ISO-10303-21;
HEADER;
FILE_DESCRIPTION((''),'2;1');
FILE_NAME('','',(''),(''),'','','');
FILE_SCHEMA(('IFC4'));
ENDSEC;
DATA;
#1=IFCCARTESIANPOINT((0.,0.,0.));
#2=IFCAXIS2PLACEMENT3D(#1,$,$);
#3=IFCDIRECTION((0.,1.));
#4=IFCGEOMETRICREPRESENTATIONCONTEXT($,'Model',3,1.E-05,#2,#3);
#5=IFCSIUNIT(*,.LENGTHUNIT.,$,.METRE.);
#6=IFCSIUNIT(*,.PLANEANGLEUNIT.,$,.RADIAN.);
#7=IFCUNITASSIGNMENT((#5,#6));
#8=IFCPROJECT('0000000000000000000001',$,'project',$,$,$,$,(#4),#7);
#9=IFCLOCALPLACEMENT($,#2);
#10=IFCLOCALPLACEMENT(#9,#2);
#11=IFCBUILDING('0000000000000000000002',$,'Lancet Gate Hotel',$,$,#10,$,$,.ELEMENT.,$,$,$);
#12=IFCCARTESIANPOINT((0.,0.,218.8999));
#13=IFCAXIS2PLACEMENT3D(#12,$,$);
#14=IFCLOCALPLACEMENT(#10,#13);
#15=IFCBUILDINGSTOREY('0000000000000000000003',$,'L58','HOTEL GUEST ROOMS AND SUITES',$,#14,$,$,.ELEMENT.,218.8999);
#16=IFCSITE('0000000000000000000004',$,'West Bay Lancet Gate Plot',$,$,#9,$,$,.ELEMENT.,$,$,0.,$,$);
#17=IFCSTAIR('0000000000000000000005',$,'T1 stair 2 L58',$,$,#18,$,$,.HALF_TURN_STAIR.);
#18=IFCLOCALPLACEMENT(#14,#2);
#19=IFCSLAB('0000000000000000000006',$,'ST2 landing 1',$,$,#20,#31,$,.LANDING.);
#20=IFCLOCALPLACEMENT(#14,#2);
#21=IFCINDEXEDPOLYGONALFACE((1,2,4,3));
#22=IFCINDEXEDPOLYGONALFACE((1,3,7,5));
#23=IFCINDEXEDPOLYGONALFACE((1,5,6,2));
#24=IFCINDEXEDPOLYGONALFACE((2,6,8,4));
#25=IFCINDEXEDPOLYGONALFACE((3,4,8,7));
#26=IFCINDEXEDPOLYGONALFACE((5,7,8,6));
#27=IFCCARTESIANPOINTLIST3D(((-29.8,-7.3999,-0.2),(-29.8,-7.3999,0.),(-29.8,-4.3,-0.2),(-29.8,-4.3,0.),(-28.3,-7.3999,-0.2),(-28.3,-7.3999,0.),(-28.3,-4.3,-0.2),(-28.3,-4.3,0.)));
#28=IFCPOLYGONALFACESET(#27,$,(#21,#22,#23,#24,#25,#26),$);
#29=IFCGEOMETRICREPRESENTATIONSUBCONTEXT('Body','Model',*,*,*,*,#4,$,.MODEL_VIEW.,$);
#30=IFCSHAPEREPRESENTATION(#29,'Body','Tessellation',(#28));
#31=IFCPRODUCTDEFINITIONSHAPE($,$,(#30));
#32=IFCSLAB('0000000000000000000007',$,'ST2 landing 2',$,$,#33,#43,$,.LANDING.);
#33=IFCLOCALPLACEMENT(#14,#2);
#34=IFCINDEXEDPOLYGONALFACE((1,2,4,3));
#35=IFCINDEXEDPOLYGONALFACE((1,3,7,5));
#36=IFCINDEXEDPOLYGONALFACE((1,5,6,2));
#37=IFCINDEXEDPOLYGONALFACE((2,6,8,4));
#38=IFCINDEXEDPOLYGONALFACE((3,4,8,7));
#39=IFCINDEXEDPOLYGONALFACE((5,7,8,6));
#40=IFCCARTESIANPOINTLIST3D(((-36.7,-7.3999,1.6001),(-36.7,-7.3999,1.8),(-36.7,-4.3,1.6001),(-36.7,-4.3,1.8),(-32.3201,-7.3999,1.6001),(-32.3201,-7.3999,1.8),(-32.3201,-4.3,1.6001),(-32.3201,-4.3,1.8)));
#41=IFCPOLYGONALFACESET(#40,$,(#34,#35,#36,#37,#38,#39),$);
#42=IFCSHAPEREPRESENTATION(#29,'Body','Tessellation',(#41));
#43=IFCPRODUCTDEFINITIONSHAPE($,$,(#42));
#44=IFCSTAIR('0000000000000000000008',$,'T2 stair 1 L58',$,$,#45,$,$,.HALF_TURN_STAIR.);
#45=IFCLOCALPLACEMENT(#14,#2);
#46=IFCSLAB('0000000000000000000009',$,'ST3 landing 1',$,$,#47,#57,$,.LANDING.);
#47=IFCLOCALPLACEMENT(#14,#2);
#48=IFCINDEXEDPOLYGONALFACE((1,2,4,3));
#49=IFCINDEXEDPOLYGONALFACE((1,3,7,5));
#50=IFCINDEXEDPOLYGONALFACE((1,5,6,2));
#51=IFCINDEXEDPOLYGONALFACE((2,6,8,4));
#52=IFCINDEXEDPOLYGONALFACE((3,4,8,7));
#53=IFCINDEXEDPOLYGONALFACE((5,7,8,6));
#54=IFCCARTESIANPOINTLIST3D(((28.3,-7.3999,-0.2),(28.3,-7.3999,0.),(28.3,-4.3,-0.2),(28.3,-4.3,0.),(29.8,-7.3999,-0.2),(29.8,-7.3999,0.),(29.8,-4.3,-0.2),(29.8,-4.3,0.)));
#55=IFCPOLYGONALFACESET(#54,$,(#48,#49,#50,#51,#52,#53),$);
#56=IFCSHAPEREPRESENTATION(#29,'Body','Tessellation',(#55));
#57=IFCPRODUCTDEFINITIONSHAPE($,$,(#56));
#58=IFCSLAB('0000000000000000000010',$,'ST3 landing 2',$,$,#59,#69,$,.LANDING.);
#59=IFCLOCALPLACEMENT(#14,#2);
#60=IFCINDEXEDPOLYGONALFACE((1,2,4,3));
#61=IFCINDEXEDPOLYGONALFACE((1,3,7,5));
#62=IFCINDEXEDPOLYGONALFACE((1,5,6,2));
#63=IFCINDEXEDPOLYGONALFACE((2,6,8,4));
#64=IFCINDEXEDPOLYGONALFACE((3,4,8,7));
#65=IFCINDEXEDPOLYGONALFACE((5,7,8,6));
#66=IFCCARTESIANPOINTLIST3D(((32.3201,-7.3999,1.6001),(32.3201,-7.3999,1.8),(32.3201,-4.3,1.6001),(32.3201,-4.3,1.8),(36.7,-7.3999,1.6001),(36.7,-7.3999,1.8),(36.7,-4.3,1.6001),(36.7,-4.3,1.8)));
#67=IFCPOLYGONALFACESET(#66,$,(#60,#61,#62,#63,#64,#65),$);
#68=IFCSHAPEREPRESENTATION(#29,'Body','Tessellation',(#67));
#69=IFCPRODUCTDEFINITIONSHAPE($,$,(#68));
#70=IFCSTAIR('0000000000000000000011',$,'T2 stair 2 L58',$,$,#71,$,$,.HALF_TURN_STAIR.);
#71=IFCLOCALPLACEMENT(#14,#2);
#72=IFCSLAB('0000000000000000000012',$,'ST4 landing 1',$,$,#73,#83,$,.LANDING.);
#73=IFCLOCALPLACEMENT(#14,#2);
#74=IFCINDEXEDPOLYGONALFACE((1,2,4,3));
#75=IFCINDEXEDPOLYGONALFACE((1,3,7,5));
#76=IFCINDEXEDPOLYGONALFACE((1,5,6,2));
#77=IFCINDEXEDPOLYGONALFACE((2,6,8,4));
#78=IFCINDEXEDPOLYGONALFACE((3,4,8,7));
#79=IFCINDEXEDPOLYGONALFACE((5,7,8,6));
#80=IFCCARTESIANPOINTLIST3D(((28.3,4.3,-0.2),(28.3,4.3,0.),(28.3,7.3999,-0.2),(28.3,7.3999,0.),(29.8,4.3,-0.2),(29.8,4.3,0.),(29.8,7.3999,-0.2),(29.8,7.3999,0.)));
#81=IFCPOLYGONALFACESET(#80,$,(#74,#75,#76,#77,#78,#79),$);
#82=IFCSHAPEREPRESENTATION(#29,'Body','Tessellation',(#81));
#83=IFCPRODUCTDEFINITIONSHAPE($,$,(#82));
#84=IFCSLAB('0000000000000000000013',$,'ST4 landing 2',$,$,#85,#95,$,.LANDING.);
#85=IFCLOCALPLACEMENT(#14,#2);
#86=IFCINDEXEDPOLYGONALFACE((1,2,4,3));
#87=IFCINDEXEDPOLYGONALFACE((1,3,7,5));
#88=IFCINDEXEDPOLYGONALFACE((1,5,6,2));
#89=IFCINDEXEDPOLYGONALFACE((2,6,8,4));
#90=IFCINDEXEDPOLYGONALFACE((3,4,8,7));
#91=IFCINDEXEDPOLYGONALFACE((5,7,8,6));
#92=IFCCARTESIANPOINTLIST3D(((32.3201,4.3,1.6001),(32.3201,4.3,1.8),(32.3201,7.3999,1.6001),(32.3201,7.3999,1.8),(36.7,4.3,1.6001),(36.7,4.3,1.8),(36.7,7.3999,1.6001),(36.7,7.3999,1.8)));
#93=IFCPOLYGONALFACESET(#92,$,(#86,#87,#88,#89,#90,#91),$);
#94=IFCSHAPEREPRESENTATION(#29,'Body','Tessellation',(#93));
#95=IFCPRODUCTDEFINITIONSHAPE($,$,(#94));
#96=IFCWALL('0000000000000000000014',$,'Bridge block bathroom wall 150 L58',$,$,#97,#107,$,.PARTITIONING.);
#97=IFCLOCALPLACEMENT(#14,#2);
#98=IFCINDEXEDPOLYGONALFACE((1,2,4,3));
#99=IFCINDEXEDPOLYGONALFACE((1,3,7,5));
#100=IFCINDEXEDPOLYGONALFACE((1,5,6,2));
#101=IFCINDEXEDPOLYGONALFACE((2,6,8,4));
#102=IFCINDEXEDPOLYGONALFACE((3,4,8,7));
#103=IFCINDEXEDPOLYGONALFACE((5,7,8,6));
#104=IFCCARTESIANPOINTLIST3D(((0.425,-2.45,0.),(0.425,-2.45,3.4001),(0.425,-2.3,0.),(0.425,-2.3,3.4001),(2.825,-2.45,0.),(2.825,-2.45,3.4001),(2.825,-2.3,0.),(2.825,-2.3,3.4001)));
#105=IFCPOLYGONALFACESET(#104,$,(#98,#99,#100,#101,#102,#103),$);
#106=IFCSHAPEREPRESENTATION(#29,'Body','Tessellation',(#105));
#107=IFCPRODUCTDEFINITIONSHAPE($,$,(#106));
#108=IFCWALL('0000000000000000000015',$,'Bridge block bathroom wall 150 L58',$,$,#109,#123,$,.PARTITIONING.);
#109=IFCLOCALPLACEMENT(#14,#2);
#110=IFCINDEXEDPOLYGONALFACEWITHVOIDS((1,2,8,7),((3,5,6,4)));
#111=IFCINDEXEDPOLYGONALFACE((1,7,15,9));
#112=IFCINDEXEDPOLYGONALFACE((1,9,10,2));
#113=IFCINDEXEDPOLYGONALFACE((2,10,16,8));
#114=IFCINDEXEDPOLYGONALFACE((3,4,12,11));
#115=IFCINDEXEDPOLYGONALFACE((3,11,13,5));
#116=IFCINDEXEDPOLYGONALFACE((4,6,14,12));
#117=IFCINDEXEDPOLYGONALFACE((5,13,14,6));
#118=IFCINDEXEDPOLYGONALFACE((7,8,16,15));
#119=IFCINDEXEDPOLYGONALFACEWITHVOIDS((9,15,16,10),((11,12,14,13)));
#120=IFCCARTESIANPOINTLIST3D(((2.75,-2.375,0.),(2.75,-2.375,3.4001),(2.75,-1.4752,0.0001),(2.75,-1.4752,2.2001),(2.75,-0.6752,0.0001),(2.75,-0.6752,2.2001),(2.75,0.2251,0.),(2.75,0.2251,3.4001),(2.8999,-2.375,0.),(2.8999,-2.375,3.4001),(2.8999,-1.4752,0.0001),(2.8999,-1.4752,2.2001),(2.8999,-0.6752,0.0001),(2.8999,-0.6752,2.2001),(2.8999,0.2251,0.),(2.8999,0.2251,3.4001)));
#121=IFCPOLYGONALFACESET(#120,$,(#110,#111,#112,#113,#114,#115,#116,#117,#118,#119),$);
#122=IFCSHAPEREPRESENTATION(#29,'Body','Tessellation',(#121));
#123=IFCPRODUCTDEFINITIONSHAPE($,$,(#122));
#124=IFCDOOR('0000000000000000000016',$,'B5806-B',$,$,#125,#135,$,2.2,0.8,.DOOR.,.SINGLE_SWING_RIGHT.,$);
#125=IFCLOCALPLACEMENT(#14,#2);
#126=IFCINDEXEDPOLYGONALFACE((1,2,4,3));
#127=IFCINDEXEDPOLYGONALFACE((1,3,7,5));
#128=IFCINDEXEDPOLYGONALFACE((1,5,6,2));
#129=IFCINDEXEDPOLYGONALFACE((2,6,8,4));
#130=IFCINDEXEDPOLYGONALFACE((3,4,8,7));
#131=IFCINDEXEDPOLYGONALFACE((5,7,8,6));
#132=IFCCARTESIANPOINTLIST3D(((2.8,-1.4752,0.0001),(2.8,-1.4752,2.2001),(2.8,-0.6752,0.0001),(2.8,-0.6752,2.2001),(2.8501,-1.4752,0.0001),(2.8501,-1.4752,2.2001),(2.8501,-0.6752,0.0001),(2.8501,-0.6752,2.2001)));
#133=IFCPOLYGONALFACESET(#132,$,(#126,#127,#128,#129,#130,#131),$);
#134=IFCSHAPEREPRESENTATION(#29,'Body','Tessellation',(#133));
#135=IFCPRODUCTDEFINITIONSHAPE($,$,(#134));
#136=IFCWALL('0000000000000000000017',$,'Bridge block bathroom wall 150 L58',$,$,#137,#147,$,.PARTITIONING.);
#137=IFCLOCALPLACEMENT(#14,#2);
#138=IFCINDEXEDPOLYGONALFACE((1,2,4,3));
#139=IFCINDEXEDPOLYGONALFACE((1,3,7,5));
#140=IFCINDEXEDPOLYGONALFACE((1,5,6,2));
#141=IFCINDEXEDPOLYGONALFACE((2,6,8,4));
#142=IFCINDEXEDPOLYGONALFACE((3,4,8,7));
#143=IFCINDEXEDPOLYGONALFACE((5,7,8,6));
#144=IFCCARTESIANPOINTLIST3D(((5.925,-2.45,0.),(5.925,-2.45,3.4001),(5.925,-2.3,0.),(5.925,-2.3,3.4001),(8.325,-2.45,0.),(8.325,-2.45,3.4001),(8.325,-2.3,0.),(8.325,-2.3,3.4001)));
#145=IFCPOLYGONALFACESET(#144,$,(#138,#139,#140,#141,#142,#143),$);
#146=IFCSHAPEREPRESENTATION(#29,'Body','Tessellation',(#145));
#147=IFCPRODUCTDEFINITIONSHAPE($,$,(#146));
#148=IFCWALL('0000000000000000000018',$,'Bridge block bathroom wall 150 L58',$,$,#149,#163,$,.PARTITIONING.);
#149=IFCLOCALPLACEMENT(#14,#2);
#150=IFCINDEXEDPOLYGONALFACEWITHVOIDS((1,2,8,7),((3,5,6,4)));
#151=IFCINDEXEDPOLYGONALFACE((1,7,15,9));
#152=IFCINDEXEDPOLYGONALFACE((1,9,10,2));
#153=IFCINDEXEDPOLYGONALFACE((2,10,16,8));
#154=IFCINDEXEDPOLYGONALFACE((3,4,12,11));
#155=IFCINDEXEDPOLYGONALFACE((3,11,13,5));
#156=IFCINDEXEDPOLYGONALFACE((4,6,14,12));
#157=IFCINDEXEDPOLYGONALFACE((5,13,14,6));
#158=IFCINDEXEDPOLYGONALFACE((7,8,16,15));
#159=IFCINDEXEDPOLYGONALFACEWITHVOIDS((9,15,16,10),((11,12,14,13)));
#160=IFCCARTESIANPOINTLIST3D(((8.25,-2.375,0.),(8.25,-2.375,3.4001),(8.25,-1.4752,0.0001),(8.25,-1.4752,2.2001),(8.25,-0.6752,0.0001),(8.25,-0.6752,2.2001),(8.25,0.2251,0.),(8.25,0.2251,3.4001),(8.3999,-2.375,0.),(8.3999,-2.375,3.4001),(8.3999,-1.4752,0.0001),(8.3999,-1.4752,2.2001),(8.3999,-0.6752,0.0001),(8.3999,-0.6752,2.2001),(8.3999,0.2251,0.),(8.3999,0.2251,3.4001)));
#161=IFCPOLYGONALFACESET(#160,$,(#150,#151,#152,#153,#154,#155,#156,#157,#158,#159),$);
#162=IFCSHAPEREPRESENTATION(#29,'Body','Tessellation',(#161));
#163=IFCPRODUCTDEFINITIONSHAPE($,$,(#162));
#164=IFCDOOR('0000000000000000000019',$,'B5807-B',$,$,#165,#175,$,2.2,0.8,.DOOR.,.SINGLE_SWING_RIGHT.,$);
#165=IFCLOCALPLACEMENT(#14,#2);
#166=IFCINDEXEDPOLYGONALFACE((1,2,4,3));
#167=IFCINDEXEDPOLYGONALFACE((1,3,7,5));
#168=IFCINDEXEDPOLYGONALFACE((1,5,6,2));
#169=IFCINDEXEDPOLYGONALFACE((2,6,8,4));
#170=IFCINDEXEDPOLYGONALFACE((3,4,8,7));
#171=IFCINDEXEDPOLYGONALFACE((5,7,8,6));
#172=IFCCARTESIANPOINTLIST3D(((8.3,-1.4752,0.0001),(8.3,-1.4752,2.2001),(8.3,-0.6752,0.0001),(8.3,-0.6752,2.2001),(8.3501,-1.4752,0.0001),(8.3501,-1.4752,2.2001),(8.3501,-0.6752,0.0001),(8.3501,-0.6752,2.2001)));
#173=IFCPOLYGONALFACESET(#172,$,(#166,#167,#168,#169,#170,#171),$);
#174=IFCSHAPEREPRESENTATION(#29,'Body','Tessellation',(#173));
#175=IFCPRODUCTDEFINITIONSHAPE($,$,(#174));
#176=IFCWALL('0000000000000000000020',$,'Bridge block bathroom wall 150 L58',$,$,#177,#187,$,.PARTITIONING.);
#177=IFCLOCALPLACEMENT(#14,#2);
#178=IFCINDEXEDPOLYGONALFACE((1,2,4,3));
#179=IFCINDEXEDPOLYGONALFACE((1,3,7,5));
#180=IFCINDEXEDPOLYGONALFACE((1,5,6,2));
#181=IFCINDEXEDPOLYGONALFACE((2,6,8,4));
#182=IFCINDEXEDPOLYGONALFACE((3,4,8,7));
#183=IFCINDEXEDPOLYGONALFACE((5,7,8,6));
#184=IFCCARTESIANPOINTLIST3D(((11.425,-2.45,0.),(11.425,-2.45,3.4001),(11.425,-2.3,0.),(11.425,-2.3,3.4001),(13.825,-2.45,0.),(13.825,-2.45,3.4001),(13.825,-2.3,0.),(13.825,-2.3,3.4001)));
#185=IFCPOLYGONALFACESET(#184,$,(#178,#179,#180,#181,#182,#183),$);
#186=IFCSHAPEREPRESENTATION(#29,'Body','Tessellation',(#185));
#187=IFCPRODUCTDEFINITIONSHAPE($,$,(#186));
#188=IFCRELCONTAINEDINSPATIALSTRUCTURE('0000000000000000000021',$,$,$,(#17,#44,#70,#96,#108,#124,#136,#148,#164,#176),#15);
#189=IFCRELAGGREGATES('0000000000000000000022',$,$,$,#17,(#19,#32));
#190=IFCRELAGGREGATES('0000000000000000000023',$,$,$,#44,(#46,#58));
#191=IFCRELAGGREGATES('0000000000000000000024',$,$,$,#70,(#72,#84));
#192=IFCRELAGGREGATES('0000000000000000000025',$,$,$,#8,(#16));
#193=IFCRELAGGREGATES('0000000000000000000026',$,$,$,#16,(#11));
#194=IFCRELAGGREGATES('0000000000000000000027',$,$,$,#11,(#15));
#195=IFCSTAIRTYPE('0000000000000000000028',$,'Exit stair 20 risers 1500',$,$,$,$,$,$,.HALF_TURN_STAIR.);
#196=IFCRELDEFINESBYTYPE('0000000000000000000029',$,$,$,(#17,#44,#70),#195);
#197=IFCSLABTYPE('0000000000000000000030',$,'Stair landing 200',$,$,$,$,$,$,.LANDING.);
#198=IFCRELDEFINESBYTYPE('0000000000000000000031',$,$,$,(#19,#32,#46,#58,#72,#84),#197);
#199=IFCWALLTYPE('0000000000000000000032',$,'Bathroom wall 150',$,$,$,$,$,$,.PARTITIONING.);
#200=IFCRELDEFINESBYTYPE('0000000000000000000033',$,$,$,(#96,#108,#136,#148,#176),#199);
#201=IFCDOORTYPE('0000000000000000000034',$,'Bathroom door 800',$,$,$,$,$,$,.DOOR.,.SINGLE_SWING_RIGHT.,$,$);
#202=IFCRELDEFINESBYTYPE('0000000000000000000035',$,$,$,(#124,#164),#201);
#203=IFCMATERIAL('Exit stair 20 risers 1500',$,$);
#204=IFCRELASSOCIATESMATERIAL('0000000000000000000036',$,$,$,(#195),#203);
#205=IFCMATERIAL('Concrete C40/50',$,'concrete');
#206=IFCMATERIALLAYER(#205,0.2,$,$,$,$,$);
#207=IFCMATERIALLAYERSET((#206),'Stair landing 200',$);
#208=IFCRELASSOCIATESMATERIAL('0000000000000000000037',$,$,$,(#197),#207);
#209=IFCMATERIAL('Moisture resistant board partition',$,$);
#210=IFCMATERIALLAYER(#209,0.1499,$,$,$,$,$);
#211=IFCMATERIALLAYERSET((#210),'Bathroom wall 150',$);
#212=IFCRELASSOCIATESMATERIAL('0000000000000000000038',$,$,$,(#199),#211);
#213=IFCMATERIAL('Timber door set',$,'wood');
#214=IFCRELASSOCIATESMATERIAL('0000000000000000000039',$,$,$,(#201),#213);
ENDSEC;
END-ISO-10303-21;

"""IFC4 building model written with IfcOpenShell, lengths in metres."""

from ifc_helpers import new_model, si_unit, direction, frame, frame_2d, origin, place, context, subcontext, project, spatial, polyline, rectangle, outline, extrude, material, layer, layer_set, type_object, element, fill, aggregate, save


model = new_model("IFC4")

# Units and contexts
model_context = context("Model", 3, precision=1e-05, world=origin(), true_north=direction((0.0, 1.0)))
body_context = subcontext(model_context, "Body", "Model", "MODEL_VIEW")
ifc_project = project(units=[si_unit("LENGTHUNIT", "METRE"), si_unit("PLANEANGLEUNIT", "RADIAN")], contexts=[model_context])

# Site, building, storey
site_placement = place(None, origin())
site = spatial("IfcSite", under=ifc_project, at=site_placement, Name="West Bay Lancet Gate Plot", CompositionType="ELEMENT", RefElevation=0.0)
building_placement = place(site_placement, origin())
building = spatial("IfcBuilding", under=site, at=building_placement, Name="Lancet Gate Hotel", CompositionType="ELEMENT")
storey_placement = place(building_placement, frame((0.0, 0.0, 218.8999)))
storey = spatial("IfcBuildingStorey", under=building, at=storey_placement, Name="L58", Description="HOTEL GUEST ROOMS AND SUITES", CompositionType="ELEMENT", Elevation=218.8999)

# Stairs, slabs
ifc_material_1 = material(Name="Exit stair 20 risers 1500")
stair_type = type_object("IfcStairType", Name="Exit stair 20 risers 1500", PredefinedType="HALF_TURN_STAIR", material=ifc_material_1)
ifc_material_2 = material(Name="Concrete C40/50", Category="concrete")
ifc_layer_1 = layer(ifc_material_2, 0.2)
ifc_layer_set_1 = layer_set([ifc_layer_1], Name="Stair landing 200")
slab_type = type_object("IfcSlabType", Name="Stair landing 200", PredefinedType="LANDING", material=ifc_layer_set_1)
stair_1_placement = place(storey_placement, origin())
stair_1 = element("IfcStair", 1, at=stair_1_placement, inside=storey, type_object=stair_type, Name="T1 stair 2 L58", PredefinedType="HALF_TURN_STAIR")
slab_1_placement = place(storey_placement, frame((0.0, 0.0, -0.2)))
slab_1 = element("IfcSlab", 2, at=slab_1_placement, type_object=slab_type, Name="ST2 landing 1", PredefinedType="LANDING", context=body_context, shape_type="SweptSolid", body=[
    extrude(outline(polyline([(-28.3, -4.3), (-29.8, -4.3), (-29.8, -7.3999), (-28.3, -7.3999), (-28.3, -4.3)])), origin(), (0.0, 0.0, 1.0), 0.2),
])
slab_2_placement = place(storey_placement, frame((0.0, 0.0, 1.6001)))
slab_2 = element("IfcSlab", 3, at=slab_2_placement, type_object=slab_type, Name="ST2 landing 2", PredefinedType="LANDING", context=body_context, shape_type="SweptSolid", body=[
    extrude(outline(polyline([(-32.3201, -4.3), (-36.7, -4.3), (-36.7, -7.3999), (-32.3201, -7.3999), (-32.3201, -4.3)])), origin(), (0.0, 0.0, 1.0), 0.2),
])
aggregate(stair_1, [slab_1, slab_2])
stair_2_placement = place(storey_placement, origin())
stair_2 = element("IfcStair", 4, at=stair_2_placement, inside=storey, type_object=stair_type, Name="T2 stair 1 L58", PredefinedType="HALF_TURN_STAIR")
slab_3_placement = place(storey_placement, frame((0.0, 0.0, -0.2)))
slab_3 = element("IfcSlab", 5, at=slab_3_placement, type_object=slab_type, Name="ST3 landing 1", PredefinedType="LANDING", context=body_context, shape_type="SweptSolid", body=[
    extrude(outline(polyline([(28.3, -7.3999), (29.8, -7.3999), (29.8, -4.3), (28.3, -4.3), (28.3, -7.3999)])), origin(), (0.0, 0.0, 1.0), 0.2),
])
slab_4_placement = place(storey_placement, frame((0.0, 0.0, 1.6001)))
slab_4 = element("IfcSlab", 6, at=slab_4_placement, type_object=slab_type, Name="ST3 landing 2", PredefinedType="LANDING", context=body_context, shape_type="SweptSolid", body=[
    extrude(outline(polyline([(32.3201, -7.3999), (36.7, -7.3999), (36.7, -4.3), (32.3201, -4.3), (32.3201, -7.3999)])), origin(), (0.0, 0.0, 1.0), 0.2),
])
aggregate(stair_2, [slab_3, slab_4])
stair_3_placement = place(storey_placement, origin())
stair_3 = element("IfcStair", 7, at=stair_3_placement, inside=storey, type_object=stair_type, Name="T2 stair 2 L58", PredefinedType="HALF_TURN_STAIR")
slab_5_placement = place(storey_placement, frame((0.0, 0.0, -0.2)))
slab_5 = element("IfcSlab", 8, at=slab_5_placement, type_object=slab_type, Name="ST4 landing 1", PredefinedType="LANDING", context=body_context, shape_type="SweptSolid", body=[
    extrude(outline(polyline([(28.3, 4.3), (29.8, 4.3), (29.8, 7.3999), (28.3, 7.3999), (28.3, 4.3)])), origin(), (0.0, 0.0, 1.0), 0.2),
])
slab_6_placement = place(storey_placement, frame((0.0, 0.0, 1.6001)))
slab_6 = element("IfcSlab", 9, at=slab_6_placement, type_object=slab_type, Name="ST4 landing 2", PredefinedType="LANDING", context=body_context, shape_type="SweptSolid", body=[
    extrude(outline(polyline([(32.3201, 4.3), (36.7, 4.3), (36.7, 7.3999), (32.3201, 7.3999), (32.3201, 4.3)])), origin(), (0.0, 0.0, 1.0), 0.2),
])
aggregate(stair_3, [slab_5, slab_6])

# Wall
ifc_material_3 = material(Name="Moisture resistant board partition")
ifc_layer_2 = layer(ifc_material_3, 0.1499)
ifc_layer_set_2 = layer_set([ifc_layer_2], Name="Bathroom wall 150")
wall_type = type_object("IfcWallType", Name="Bathroom wall 150", PredefinedType="PARTITIONING", material=ifc_layer_set_2)
wall_1_placement = place(storey_placement, frame((0.425, -2.375, 0.0), z_axis=(0.0, 0.0, 1.0), x_axis=(1.0, 0.0, 0.0)))
element("IfcWall", 10, at=wall_1_placement, inside=storey, type_object=wall_type, Name="Bridge block bathroom wall 150 L58", PredefinedType="PARTITIONING", context=body_context, shape_type="SweptSolid", body=[
    extrude(rectangle(XDim=2.3999, YDim=0.1499, at=frame_2d((1.2, 0.0))), origin(), (0.0, 0.0, 1.0), 3.4001),
])

# Wall, opening, door
wall_2_placement = place(storey_placement, frame((2.825, -2.375, 0.0), z_axis=(0.0, 0.0, 1.0), x_axis=(0.0, 1.0, 0.0)))
wall_2 = element("IfcWall", 11, at=wall_2_placement, inside=storey, type_object=wall_type, Name="Bridge block bathroom wall 150 L58", PredefinedType="PARTITIONING", context=body_context, shape_type="SweptSolid", body=[
    extrude(rectangle(XDim=2.6001, YDim=0.1499, at=frame_2d((1.3, 0.0))), origin(), (0.0, 0.0, 1.0), 3.4001),
])
opening_1_placement = place(wall_2_placement, frame((0.8999, 0.0, 0.0)))
opening_1 = element("IfcOpeningElement", 12, at=opening_1_placement, cuts=wall_2, PredefinedType="OPENING", context=body_context, shape_type="SweptSolid", body=[
    extrude(rectangle(XDim=0.8, YDim=2.2, at=frame_2d((0.3999, 1.1001))), frame((0.0, 0.085, 0.0), z_axis=(0.0, -1.0, 0.0), x_axis=(1.0, 0.0, 0.0)), (0.0, 0.0, 1.0), 0.1699),
])
ifc_material_4 = material(Name="Timber door set", Category="wood")
door_type = type_object("IfcDoorType", Name="Bathroom door 800", OperationType="SINGLE_SWING_RIGHT", PredefinedType="DOOR", material=ifc_material_4)
door_1_placement = place(opening_1_placement, origin())
door_1 = element("IfcDoor", 13, at=door_1_placement, inside=storey, type_object=door_type, Name="B5806-B", OperationType="SINGLE_SWING_RIGHT", OverallHeight=2.2, OverallWidth=0.8, PredefinedType="DOOR", context=body_context, shape_type="SweptSolid", body=[
    extrude(rectangle(XDim=0.8, YDim=2.2, at=frame_2d((0.3999, 1.1001))), frame((0.0, 0.0249, 0.0), z_axis=(0.0, -1.0, 0.0), x_axis=(1.0, 0.0, 0.0)), (0.0, 0.0, 1.0), 0.05),
])
fill(opening_1, door_1)

# Wall
wall_3_placement = place(storey_placement, frame((5.925, -2.375, 0.0), z_axis=(0.0, 0.0, 1.0), x_axis=(1.0, 0.0, 0.0)))
element("IfcWall", 14, at=wall_3_placement, inside=storey, type_object=wall_type, Name="Bridge block bathroom wall 150 L58", PredefinedType="PARTITIONING", context=body_context, shape_type="SweptSolid", body=[
    extrude(rectangle(XDim=2.3999, YDim=0.1499, at=frame_2d((1.2, 0.0))), origin(), (0.0, 0.0, 1.0), 3.4001),
])

# Wall, opening, door
wall_4_placement = place(storey_placement, frame((8.325, -2.375, 0.0), z_axis=(0.0, 0.0, 1.0), x_axis=(0.0, 1.0, 0.0)))
wall_4 = element("IfcWall", 15, at=wall_4_placement, inside=storey, type_object=wall_type, Name="Bridge block bathroom wall 150 L58", PredefinedType="PARTITIONING", context=body_context, shape_type="SweptSolid", body=[
    extrude(rectangle(XDim=2.6001, YDim=0.1499, at=frame_2d((1.3, 0.0))), origin(), (0.0, 0.0, 1.0), 3.4001),
])
opening_2_placement = place(wall_4_placement, frame((0.8999, 0.0, 0.0)))
opening_2 = element("IfcOpeningElement", 16, at=opening_2_placement, cuts=wall_4, PredefinedType="OPENING", context=body_context, shape_type="SweptSolid", body=[
    extrude(rectangle(XDim=0.8, YDim=2.2, at=frame_2d((0.3999, 1.1001))), frame((0.0, 0.085, 0.0), z_axis=(0.0, -1.0, 0.0), x_axis=(1.0, 0.0, 0.0)), (0.0, 0.0, 1.0), 0.1699),
])
door_2_placement = place(opening_2_placement, origin())
door_2 = element("IfcDoor", 17, at=door_2_placement, inside=storey, type_object=door_type, Name="B5807-B", OperationType="SINGLE_SWING_RIGHT", OverallHeight=2.2, OverallWidth=0.8, PredefinedType="DOOR", context=body_context, shape_type="SweptSolid", body=[
    extrude(rectangle(XDim=0.8, YDim=2.2, at=frame_2d((0.3999, 1.1001))), frame((0.0, 0.0249, 0.0), z_axis=(0.0, -1.0, 0.0), x_axis=(1.0, 0.0, 0.0)), (0.0, 0.0, 1.0), 0.05),
])
fill(opening_2, door_2)

# Wall
wall_5_placement = place(storey_placement, frame((11.425, -2.375, 0.0), z_axis=(0.0, 0.0, 1.0), x_axis=(1.0, 0.0, 0.0)))
element("IfcWall", 18, at=wall_5_placement, inside=storey, type_object=wall_type, Name="Bridge block bathroom wall 150 L58", PredefinedType="PARTITIONING", context=body_context, shape_type="SweptSolid", body=[
    extrude(rectangle(XDim=2.3999, YDim=0.1499, at=frame_2d((1.2, 0.0))), origin(), (0.0, 0.0, 1.0), 3.4001),
])

save(model, "model.ifc")
